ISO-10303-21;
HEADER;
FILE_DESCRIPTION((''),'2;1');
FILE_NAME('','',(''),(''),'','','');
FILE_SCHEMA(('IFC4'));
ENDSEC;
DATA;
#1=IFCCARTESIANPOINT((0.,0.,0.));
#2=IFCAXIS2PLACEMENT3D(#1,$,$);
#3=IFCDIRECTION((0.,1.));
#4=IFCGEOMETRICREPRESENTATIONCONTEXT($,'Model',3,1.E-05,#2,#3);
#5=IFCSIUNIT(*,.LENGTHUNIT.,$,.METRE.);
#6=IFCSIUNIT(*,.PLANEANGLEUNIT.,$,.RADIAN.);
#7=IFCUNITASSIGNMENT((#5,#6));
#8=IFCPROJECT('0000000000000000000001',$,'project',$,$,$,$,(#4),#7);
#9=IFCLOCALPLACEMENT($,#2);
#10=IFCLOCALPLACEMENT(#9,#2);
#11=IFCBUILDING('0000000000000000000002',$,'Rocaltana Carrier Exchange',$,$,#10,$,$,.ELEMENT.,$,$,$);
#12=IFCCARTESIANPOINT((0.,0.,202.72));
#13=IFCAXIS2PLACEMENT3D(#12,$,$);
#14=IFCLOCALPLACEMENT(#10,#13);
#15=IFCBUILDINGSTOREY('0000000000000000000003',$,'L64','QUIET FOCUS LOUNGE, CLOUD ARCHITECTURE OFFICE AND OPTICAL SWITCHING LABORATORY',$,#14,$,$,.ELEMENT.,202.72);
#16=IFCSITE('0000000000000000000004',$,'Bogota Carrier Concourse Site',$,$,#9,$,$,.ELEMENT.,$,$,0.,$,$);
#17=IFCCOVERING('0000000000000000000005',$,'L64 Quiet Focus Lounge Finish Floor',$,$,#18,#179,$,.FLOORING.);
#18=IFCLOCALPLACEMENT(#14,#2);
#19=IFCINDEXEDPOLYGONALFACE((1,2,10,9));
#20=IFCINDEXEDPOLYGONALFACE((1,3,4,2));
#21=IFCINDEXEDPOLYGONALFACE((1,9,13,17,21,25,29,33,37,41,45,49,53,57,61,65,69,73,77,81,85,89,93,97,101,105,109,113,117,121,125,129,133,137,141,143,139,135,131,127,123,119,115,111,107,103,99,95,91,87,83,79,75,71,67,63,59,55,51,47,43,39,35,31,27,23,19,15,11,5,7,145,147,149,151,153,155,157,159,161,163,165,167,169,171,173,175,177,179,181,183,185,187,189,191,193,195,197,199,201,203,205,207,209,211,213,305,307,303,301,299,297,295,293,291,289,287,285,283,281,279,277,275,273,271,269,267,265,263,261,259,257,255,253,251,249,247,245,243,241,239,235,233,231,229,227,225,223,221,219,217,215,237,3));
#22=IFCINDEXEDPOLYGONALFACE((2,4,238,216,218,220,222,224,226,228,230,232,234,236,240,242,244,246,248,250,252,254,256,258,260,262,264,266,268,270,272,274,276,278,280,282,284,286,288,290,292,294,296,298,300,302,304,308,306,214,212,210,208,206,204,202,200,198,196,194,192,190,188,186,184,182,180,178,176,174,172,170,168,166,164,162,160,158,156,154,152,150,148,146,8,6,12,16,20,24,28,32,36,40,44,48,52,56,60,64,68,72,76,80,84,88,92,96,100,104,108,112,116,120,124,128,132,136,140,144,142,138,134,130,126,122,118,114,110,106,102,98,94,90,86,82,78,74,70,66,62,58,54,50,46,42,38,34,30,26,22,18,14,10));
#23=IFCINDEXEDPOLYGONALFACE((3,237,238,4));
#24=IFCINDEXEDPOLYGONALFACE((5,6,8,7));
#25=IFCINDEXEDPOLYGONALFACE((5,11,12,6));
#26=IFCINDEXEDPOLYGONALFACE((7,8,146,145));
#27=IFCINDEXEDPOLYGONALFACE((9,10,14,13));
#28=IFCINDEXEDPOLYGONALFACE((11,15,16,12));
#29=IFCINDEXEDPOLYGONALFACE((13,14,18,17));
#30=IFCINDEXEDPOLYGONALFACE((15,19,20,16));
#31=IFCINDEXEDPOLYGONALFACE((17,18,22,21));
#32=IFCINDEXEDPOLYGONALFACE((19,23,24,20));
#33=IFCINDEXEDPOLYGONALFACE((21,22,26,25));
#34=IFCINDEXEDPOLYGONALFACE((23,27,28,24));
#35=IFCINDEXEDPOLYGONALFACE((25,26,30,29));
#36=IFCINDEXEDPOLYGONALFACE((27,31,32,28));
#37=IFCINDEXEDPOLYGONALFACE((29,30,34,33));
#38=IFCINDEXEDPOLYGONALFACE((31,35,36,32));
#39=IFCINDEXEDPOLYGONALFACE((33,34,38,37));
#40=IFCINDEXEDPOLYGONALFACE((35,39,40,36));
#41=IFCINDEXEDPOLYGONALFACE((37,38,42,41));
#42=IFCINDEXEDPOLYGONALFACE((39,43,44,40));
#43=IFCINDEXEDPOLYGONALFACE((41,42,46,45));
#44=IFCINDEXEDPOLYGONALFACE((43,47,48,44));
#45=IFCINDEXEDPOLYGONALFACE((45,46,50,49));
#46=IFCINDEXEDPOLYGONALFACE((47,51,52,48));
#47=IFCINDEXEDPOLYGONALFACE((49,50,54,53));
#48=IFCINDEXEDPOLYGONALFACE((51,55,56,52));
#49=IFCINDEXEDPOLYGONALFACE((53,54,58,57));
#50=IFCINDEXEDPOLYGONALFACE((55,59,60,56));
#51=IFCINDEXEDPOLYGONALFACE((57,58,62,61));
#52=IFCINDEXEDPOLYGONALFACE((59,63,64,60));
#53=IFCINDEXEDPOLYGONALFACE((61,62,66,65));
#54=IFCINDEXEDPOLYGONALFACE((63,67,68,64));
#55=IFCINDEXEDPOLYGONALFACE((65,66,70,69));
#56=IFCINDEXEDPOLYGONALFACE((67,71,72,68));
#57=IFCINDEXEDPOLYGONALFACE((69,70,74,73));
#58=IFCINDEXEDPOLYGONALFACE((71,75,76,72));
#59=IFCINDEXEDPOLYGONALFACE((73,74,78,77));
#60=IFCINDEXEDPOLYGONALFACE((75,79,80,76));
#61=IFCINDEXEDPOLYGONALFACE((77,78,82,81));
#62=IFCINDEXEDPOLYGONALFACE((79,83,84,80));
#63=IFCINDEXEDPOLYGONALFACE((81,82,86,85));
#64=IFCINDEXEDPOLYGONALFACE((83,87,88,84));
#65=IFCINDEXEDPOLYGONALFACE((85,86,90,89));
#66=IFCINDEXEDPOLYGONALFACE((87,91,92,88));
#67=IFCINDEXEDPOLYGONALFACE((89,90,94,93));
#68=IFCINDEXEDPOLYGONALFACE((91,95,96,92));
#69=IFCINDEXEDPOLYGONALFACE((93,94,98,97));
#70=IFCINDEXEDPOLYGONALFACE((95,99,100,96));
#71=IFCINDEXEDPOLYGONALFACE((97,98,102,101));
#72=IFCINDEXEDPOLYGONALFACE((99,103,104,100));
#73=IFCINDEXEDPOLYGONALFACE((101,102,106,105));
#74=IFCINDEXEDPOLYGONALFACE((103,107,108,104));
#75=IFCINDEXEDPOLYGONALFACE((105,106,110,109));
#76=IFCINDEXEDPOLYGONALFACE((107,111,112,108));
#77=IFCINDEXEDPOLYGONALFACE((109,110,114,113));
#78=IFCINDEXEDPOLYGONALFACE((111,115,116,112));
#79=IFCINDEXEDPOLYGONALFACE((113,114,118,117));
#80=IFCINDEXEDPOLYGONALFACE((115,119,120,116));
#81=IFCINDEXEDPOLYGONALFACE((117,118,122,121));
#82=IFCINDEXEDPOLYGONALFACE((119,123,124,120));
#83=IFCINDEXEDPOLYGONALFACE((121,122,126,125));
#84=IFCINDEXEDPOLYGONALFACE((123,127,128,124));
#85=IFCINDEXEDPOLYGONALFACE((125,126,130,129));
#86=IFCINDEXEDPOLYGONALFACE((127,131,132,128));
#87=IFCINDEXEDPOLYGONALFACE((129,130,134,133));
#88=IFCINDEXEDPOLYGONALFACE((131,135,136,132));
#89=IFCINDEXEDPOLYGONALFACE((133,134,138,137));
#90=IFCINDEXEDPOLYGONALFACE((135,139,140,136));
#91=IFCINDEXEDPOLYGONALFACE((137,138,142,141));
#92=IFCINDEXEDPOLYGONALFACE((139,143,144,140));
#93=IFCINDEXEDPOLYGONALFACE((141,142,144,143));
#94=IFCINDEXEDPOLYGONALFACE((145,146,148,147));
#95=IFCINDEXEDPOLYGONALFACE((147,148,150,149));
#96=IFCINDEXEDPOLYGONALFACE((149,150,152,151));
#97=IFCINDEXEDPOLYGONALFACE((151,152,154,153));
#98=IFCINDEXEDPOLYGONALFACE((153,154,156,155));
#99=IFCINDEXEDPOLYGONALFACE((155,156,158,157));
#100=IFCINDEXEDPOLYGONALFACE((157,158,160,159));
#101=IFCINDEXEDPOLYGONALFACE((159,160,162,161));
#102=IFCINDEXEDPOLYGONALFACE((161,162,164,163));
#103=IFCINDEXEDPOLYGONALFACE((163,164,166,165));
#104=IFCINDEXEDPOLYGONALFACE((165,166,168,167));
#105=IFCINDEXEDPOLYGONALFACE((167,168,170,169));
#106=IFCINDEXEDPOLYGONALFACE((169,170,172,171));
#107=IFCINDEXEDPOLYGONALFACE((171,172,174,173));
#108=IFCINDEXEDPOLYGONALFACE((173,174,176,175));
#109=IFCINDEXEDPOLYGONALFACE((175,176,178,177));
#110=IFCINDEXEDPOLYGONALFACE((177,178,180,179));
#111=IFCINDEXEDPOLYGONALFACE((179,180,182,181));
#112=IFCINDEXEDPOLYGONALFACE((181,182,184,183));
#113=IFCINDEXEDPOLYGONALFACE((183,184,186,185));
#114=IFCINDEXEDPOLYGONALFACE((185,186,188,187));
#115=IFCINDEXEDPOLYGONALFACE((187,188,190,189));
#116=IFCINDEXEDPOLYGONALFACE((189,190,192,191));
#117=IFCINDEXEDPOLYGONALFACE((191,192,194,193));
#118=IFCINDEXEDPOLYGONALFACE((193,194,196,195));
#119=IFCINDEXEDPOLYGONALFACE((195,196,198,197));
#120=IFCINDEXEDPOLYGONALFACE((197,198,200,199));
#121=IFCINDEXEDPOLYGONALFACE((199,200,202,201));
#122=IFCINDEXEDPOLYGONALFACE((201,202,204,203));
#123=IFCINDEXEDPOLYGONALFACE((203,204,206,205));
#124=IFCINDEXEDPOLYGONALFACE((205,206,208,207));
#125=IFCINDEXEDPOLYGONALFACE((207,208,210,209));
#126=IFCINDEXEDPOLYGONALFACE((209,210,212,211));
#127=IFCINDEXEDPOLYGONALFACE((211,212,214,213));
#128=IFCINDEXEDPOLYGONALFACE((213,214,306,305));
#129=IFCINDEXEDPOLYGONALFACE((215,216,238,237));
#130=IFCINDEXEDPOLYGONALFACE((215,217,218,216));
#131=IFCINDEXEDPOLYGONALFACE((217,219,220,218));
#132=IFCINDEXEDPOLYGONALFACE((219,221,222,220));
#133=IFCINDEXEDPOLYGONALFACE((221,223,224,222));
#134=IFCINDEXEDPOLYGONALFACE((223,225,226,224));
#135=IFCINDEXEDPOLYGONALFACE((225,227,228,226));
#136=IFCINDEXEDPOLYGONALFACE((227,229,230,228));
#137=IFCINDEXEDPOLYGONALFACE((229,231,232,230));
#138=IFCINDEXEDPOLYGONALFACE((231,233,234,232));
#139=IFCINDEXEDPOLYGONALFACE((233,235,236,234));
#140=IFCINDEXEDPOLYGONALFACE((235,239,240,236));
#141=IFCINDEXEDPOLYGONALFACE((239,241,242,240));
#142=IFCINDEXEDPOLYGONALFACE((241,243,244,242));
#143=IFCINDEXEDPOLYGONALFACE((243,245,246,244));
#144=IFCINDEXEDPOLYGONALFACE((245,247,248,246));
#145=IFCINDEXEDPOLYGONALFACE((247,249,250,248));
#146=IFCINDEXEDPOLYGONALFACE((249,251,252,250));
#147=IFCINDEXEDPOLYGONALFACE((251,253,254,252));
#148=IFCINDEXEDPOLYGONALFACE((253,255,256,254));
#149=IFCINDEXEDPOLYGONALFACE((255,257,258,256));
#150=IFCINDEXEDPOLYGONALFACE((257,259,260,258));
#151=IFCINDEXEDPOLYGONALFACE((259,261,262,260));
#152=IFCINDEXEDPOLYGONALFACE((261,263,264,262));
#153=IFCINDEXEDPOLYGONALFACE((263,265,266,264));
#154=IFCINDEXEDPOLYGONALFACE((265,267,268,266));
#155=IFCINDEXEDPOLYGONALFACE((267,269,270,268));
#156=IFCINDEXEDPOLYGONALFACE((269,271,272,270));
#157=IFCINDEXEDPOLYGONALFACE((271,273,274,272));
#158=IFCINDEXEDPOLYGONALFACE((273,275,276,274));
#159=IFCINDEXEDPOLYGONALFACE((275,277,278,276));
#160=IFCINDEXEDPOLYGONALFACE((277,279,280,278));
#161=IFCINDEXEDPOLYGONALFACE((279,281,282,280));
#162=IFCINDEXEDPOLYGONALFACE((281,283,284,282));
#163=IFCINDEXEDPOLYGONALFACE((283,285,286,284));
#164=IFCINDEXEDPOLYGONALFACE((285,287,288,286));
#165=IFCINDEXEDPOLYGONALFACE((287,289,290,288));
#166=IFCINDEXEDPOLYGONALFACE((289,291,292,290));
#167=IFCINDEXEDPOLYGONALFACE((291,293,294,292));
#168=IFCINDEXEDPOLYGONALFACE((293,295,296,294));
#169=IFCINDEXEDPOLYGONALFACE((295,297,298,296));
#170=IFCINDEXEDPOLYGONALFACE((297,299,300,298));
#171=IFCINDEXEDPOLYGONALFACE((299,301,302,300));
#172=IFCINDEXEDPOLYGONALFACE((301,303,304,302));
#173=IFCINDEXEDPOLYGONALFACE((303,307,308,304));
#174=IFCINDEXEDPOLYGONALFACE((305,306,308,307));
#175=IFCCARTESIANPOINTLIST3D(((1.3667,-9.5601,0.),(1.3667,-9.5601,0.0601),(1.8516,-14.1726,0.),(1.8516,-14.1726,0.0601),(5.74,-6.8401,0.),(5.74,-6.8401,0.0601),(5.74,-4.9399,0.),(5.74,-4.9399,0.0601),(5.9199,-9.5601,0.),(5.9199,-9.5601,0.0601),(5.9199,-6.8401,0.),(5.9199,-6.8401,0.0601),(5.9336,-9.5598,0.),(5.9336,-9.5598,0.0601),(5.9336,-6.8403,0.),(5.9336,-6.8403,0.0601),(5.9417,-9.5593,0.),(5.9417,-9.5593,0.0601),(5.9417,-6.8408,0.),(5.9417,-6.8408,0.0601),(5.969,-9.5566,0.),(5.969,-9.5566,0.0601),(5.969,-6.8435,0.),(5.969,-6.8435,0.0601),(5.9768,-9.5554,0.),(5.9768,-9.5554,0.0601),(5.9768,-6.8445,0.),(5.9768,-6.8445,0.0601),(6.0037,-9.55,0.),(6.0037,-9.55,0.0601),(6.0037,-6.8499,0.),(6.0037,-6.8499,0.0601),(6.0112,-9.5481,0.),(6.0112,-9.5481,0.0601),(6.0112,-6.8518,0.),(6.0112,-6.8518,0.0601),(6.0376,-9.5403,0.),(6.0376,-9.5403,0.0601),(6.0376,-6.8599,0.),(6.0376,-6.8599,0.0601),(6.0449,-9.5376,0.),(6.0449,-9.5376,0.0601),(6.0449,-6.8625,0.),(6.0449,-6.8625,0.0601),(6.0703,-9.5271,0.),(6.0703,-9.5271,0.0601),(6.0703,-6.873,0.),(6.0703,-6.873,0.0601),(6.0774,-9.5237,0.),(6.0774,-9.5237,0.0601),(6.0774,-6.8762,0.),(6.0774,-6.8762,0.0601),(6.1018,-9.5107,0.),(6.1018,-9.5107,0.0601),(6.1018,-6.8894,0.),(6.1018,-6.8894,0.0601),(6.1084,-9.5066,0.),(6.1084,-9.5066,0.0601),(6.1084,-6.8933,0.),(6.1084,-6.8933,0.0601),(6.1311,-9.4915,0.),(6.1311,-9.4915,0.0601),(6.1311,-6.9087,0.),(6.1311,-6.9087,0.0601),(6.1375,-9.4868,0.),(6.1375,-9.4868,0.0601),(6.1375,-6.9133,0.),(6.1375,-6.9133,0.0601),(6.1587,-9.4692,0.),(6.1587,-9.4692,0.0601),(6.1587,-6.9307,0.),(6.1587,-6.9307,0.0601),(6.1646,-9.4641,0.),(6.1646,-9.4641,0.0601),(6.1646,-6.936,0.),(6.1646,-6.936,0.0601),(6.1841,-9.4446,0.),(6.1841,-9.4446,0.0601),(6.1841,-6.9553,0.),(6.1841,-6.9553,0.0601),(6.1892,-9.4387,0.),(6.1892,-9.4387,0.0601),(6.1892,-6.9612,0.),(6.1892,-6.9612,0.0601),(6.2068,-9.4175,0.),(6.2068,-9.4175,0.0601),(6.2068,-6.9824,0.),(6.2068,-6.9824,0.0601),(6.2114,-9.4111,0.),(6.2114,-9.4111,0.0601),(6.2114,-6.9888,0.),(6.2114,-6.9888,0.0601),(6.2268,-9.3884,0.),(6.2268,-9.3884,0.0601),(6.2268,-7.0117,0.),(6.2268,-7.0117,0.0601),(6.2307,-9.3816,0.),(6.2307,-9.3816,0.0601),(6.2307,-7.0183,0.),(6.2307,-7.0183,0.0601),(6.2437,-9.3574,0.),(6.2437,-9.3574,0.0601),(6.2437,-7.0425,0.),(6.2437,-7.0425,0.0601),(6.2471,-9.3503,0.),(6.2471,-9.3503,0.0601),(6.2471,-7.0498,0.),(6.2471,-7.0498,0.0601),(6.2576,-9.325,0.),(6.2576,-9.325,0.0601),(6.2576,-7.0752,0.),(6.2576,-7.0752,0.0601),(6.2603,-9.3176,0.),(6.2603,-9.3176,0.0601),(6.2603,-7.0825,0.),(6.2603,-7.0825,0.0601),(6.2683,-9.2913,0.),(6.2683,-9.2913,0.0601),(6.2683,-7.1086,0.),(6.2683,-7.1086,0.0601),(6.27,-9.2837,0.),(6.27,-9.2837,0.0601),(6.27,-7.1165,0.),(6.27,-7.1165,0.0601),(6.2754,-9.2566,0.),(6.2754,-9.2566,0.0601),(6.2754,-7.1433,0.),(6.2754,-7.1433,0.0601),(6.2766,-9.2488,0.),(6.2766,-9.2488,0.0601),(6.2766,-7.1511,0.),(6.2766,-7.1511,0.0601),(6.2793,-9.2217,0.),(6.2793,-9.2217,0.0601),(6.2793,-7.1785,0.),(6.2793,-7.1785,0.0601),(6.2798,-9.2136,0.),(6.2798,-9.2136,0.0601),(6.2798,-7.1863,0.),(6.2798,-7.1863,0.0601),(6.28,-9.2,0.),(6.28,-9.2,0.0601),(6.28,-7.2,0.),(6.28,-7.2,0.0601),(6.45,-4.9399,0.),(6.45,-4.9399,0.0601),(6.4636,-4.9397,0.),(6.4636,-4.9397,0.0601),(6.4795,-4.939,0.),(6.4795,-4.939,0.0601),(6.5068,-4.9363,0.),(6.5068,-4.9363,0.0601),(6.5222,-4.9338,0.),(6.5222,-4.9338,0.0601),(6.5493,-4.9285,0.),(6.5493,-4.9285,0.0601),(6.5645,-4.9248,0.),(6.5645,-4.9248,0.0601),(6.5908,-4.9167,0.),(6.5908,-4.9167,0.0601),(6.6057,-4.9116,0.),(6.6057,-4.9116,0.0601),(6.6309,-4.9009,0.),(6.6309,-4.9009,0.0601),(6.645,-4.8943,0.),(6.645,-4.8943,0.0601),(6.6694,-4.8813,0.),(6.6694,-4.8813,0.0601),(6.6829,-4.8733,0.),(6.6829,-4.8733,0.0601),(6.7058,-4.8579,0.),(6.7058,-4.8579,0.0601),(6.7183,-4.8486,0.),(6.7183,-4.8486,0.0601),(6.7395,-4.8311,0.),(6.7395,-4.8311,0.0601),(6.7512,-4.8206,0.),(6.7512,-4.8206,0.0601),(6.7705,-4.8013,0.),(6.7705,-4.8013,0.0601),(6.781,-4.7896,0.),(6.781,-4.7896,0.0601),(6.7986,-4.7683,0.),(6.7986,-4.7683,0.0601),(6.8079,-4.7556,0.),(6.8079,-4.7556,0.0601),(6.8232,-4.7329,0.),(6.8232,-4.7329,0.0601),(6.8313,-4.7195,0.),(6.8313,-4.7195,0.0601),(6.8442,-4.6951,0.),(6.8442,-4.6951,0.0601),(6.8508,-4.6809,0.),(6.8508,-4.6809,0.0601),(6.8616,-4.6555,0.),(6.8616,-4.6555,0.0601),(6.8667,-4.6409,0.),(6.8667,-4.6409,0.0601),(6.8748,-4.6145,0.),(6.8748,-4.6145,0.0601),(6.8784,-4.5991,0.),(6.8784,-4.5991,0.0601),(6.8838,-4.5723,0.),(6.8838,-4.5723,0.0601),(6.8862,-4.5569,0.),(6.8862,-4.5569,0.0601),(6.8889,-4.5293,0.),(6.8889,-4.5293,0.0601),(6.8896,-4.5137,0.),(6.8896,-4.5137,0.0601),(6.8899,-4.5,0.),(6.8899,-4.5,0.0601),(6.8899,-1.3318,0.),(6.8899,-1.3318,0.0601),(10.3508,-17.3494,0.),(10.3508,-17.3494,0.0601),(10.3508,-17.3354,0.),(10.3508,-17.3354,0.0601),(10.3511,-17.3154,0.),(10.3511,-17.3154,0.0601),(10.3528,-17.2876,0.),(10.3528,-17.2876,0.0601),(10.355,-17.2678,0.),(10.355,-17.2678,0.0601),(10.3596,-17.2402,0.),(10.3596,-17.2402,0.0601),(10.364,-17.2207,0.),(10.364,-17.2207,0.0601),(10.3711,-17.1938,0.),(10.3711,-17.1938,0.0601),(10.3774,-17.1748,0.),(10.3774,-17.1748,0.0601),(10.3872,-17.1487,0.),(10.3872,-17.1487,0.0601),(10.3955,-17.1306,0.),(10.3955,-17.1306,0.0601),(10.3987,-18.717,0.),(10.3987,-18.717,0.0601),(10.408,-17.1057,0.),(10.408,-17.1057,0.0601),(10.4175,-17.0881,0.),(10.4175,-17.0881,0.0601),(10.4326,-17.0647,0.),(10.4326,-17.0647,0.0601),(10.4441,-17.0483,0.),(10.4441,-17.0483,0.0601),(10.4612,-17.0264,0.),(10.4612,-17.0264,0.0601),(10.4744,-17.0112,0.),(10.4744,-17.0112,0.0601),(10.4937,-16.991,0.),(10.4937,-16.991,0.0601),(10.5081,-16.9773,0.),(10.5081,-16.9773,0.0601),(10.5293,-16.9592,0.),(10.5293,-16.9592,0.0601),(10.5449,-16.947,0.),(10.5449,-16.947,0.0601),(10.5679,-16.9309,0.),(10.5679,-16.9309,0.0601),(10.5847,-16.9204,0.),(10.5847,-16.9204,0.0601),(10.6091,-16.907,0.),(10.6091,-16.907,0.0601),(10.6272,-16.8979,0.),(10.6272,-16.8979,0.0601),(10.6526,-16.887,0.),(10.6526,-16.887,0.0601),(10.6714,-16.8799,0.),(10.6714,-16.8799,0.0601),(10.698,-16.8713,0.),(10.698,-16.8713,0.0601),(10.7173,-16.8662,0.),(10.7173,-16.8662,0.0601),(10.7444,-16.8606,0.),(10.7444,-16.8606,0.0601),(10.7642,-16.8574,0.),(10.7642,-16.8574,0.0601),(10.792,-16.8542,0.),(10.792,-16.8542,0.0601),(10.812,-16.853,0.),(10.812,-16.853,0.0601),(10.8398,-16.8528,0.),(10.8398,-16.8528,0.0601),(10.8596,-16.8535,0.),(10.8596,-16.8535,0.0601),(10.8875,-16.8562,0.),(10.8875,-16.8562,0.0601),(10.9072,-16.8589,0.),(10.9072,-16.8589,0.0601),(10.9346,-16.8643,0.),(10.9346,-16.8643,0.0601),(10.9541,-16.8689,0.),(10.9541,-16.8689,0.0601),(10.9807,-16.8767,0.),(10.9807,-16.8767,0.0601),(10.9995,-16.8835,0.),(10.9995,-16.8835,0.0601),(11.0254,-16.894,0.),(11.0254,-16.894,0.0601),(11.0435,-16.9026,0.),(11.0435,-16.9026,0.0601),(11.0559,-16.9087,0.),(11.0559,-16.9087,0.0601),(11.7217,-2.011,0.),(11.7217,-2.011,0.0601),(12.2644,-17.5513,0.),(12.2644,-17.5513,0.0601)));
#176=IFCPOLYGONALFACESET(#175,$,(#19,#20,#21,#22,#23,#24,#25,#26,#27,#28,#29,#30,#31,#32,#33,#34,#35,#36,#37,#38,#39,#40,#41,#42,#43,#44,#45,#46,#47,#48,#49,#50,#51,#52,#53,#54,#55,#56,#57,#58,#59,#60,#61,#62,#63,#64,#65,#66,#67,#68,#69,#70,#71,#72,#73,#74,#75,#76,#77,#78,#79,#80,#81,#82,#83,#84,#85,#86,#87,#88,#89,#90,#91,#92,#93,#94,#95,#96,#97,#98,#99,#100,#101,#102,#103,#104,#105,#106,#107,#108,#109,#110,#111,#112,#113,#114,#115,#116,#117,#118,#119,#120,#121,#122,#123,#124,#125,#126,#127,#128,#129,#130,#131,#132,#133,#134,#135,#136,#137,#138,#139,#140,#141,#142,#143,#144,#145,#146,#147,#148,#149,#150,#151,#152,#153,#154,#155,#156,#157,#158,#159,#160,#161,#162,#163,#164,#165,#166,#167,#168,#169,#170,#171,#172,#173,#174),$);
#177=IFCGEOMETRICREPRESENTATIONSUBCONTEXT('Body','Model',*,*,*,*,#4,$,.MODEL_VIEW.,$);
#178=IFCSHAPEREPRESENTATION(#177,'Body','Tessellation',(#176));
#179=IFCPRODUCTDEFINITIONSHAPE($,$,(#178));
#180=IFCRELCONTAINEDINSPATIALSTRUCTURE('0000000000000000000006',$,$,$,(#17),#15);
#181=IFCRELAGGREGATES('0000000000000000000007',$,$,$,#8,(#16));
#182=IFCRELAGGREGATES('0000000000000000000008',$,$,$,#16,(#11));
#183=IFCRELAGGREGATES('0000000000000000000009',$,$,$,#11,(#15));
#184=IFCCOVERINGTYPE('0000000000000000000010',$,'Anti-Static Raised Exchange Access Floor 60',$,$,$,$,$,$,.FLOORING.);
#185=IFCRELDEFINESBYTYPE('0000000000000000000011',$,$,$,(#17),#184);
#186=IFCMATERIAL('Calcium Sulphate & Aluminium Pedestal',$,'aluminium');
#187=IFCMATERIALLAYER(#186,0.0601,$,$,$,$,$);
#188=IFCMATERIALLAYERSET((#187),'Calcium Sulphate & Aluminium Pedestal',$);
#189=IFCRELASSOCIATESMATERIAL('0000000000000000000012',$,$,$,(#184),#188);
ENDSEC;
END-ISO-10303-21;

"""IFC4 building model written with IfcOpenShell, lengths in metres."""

from ifc_helpers import new_model, si_unit, direction, frame, origin, place, context, subcontext, project, spatial, polyline, outline, extrude, material, layer, layer_set, type_object, element, save


model = new_model("IFC4")

# Units and contexts
model_context = context("Model", 3, precision=1e-05, world=origin(), true_north=direction((0.0, 1.0)))
body_context = subcontext(model_context, "Body", "Model", "MODEL_VIEW")
ifc_project = project(units=[si_unit("LENGTHUNIT", "METRE"), si_unit("PLANEANGLEUNIT", "RADIAN")], contexts=[model_context])

# Site, building, storey
site_placement = place(None, origin())
site = spatial("IfcSite", under=ifc_project, at=site_placement, Name="Bogota Carrier Concourse Site", CompositionType="ELEMENT", RefElevation=0.0)
building_placement = place(site_placement, origin())
building = spatial("IfcBuilding", under=site, at=building_placement, Name="Rocaltana Carrier Exchange", CompositionType="ELEMENT")
storey_placement = place(building_placement, frame((0.0, 0.0, 202.72)))
storey = spatial("IfcBuildingStorey", under=building, at=storey_placement, Name="L64", Description="QUIET FOCUS LOUNGE, CLOUD ARCHITECTURE OFFICE AND OPTICAL SWITCHING LABORATORY", CompositionType="ELEMENT", Elevation=202.72)

# Covering
ifc_material_1 = material(Name="Calcium Sulphate & Aluminium Pedestal", Category="aluminium")
ifc_layer_1 = layer(ifc_material_1, 0.0601)
ifc_layer_set_1 = layer_set([ifc_layer_1], Name="Calcium Sulphate & Aluminium Pedestal")
covering_type_1 = type_object("IfcCoveringType", Name="Anti-Static Raised Exchange Access Floor 60", PredefinedType="FLOORING", material=ifc_layer_set_1)
covering_1_placement = place(storey_placement, origin())
element("IfcCovering", 1, at=covering_1_placement, inside=storey, type_object=covering_type_1, Name="L64 Quiet Focus Lounge Finish Floor", PredefinedType="FLOORING", context=body_context, shape_type="SweptSolid", body=[
    extrude(outline(polyline([(5.74, -6.8401), (5.74, -4.9399), (6.45, -4.9399), (6.4636, -4.9397), (6.4795, -4.939), (6.5068, -4.9363), (6.5222, -4.9338), (6.5493, -4.9285), (6.5645, -4.9248), (6.5908, -4.9167), (6.6057, -4.9116), (6.6309, -4.9009), (6.645, -4.8943), (6.6694, -4.8813), (6.6829, -4.8733), (6.7058, -4.8579), (6.7183, -4.8486), (6.7395, -4.8311), (6.7512, -4.8206), (6.7705, -4.8013), (6.781, -4.7896), (6.7986, -4.7683), (6.8079, -4.7556), (6.8232, -4.7329), (6.8313, -4.7195), (6.8442, -4.6951), (6.8508, -4.6809), (6.8616, -4.6555), (6.8667, -4.6409), (6.8748, -4.6145), (6.8784, -4.5991), (6.8838, -4.5723), (6.8862, -4.5569), (6.8889, -4.5293), (6.8896, -4.5137), (6.8899, -4.5), (6.8899, -1.3318), (11.7217, -2.011), (12.2644, -17.5513), (11.0559, -16.9087), (11.0435, -16.9026), (11.0254, -16.894), (10.9995, -16.8835), (10.9807, -16.8767), (10.9541, -16.8689), (10.9346, -16.8643), (10.9072, -16.8589), (10.8875, -16.8562), (10.8596, -16.8535), (10.8398, -16.8528), (10.812, -16.853), (10.792, -16.8542), (10.7642, -16.8574), (10.7444, -16.8606), (10.7173, -16.8662), (10.698, -16.8713), (10.6714, -16.8799), (10.6526, -16.887), (10.6272, -16.8979), (10.6091, -16.907), (10.5847, -16.9204), (10.5679, -16.9309), (10.5449, -16.947), (10.5293, -16.9592), (10.5081, -16.9773), (10.4937, -16.991), (10.4744, -17.0112), (10.4612, -17.0264), (10.4441, -17.0483), (10.4326, -17.0647), (10.4175, -17.0881), (10.408, -17.1057), (10.3955, -17.1306), (10.3872, -17.1487), (10.3774, -17.1748), (10.3711, -17.1938), (10.364, -17.2207), (10.3596, -17.2402), (10.355, -17.2678), (10.3528, -17.2876), (10.3511, -17.3154), (10.3508, -17.3354), (10.3508, -17.3494), (10.3987, -18.717), (1.8516, -14.1726), (1.3667, -9.5601), (5.9199, -9.5601), (5.9336, -9.5598), (5.9417, -9.5593), (5.969, -9.5566), (5.9768, -9.5554), (6.0037, -9.55), (6.0112, -9.5481), (6.0376, -9.5403), (6.0449, -9.5376), (6.0703, -9.5271), (6.0774, -9.5237), (6.1018, -9.5107), (6.1084, -9.5066), (6.1311, -9.4915), (6.1375, -9.4868), (6.1587, -9.4692), (6.1646, -9.4641), (6.1841, -9.4446), (6.1892, -9.4387), (6.2068, -9.4175), (6.2114, -9.4111), (6.2268, -9.3884), (6.2307, -9.3816), (6.2437, -9.3574), (6.2471, -9.3503), (6.2576, -9.325), (6.2603, -9.3176), (6.2683, -9.2913), (6.27, -9.2837), (6.2754, -9.2566), (6.2766, -9.2488), (6.2793, -9.2217), (6.2798, -9.2136), (6.28, -9.2), (6.28, -7.2), (6.2798, -7.1863), (6.2793, -7.1785), (6.2766, -7.1511), (6.2754, -7.1433), (6.27, -7.1165), (6.2683, -7.1086), (6.2603, -7.0825), (6.2576, -7.0752), (6.2471, -7.0498), (6.2437, -7.0425), (6.2307, -7.0183), (6.2268, -7.0117), (6.2114, -6.9888), (6.2068, -6.9824), (6.1892, -6.9612), (6.1841, -6.9553), (6.1646, -6.936), (6.1587, -6.9307), (6.1375, -6.9133), (6.1311, -6.9087), (6.1084, -6.8933), (6.1018, -6.8894), (6.0774, -6.8762), (6.0703, -6.873), (6.0449, -6.8625), (6.0376, -6.8599), (6.0112, -6.8518), (6.0037, -6.8499), (5.9768, -6.8445), (5.969, -6.8435), (5.9417, -6.8408), (5.9336, -6.8403), (5.9199, -6.8401), (5.74, -6.8401)])), origin(), (0.0, 0.0, 1.0), 0.0601),
])

save(model, "model.ifc")
